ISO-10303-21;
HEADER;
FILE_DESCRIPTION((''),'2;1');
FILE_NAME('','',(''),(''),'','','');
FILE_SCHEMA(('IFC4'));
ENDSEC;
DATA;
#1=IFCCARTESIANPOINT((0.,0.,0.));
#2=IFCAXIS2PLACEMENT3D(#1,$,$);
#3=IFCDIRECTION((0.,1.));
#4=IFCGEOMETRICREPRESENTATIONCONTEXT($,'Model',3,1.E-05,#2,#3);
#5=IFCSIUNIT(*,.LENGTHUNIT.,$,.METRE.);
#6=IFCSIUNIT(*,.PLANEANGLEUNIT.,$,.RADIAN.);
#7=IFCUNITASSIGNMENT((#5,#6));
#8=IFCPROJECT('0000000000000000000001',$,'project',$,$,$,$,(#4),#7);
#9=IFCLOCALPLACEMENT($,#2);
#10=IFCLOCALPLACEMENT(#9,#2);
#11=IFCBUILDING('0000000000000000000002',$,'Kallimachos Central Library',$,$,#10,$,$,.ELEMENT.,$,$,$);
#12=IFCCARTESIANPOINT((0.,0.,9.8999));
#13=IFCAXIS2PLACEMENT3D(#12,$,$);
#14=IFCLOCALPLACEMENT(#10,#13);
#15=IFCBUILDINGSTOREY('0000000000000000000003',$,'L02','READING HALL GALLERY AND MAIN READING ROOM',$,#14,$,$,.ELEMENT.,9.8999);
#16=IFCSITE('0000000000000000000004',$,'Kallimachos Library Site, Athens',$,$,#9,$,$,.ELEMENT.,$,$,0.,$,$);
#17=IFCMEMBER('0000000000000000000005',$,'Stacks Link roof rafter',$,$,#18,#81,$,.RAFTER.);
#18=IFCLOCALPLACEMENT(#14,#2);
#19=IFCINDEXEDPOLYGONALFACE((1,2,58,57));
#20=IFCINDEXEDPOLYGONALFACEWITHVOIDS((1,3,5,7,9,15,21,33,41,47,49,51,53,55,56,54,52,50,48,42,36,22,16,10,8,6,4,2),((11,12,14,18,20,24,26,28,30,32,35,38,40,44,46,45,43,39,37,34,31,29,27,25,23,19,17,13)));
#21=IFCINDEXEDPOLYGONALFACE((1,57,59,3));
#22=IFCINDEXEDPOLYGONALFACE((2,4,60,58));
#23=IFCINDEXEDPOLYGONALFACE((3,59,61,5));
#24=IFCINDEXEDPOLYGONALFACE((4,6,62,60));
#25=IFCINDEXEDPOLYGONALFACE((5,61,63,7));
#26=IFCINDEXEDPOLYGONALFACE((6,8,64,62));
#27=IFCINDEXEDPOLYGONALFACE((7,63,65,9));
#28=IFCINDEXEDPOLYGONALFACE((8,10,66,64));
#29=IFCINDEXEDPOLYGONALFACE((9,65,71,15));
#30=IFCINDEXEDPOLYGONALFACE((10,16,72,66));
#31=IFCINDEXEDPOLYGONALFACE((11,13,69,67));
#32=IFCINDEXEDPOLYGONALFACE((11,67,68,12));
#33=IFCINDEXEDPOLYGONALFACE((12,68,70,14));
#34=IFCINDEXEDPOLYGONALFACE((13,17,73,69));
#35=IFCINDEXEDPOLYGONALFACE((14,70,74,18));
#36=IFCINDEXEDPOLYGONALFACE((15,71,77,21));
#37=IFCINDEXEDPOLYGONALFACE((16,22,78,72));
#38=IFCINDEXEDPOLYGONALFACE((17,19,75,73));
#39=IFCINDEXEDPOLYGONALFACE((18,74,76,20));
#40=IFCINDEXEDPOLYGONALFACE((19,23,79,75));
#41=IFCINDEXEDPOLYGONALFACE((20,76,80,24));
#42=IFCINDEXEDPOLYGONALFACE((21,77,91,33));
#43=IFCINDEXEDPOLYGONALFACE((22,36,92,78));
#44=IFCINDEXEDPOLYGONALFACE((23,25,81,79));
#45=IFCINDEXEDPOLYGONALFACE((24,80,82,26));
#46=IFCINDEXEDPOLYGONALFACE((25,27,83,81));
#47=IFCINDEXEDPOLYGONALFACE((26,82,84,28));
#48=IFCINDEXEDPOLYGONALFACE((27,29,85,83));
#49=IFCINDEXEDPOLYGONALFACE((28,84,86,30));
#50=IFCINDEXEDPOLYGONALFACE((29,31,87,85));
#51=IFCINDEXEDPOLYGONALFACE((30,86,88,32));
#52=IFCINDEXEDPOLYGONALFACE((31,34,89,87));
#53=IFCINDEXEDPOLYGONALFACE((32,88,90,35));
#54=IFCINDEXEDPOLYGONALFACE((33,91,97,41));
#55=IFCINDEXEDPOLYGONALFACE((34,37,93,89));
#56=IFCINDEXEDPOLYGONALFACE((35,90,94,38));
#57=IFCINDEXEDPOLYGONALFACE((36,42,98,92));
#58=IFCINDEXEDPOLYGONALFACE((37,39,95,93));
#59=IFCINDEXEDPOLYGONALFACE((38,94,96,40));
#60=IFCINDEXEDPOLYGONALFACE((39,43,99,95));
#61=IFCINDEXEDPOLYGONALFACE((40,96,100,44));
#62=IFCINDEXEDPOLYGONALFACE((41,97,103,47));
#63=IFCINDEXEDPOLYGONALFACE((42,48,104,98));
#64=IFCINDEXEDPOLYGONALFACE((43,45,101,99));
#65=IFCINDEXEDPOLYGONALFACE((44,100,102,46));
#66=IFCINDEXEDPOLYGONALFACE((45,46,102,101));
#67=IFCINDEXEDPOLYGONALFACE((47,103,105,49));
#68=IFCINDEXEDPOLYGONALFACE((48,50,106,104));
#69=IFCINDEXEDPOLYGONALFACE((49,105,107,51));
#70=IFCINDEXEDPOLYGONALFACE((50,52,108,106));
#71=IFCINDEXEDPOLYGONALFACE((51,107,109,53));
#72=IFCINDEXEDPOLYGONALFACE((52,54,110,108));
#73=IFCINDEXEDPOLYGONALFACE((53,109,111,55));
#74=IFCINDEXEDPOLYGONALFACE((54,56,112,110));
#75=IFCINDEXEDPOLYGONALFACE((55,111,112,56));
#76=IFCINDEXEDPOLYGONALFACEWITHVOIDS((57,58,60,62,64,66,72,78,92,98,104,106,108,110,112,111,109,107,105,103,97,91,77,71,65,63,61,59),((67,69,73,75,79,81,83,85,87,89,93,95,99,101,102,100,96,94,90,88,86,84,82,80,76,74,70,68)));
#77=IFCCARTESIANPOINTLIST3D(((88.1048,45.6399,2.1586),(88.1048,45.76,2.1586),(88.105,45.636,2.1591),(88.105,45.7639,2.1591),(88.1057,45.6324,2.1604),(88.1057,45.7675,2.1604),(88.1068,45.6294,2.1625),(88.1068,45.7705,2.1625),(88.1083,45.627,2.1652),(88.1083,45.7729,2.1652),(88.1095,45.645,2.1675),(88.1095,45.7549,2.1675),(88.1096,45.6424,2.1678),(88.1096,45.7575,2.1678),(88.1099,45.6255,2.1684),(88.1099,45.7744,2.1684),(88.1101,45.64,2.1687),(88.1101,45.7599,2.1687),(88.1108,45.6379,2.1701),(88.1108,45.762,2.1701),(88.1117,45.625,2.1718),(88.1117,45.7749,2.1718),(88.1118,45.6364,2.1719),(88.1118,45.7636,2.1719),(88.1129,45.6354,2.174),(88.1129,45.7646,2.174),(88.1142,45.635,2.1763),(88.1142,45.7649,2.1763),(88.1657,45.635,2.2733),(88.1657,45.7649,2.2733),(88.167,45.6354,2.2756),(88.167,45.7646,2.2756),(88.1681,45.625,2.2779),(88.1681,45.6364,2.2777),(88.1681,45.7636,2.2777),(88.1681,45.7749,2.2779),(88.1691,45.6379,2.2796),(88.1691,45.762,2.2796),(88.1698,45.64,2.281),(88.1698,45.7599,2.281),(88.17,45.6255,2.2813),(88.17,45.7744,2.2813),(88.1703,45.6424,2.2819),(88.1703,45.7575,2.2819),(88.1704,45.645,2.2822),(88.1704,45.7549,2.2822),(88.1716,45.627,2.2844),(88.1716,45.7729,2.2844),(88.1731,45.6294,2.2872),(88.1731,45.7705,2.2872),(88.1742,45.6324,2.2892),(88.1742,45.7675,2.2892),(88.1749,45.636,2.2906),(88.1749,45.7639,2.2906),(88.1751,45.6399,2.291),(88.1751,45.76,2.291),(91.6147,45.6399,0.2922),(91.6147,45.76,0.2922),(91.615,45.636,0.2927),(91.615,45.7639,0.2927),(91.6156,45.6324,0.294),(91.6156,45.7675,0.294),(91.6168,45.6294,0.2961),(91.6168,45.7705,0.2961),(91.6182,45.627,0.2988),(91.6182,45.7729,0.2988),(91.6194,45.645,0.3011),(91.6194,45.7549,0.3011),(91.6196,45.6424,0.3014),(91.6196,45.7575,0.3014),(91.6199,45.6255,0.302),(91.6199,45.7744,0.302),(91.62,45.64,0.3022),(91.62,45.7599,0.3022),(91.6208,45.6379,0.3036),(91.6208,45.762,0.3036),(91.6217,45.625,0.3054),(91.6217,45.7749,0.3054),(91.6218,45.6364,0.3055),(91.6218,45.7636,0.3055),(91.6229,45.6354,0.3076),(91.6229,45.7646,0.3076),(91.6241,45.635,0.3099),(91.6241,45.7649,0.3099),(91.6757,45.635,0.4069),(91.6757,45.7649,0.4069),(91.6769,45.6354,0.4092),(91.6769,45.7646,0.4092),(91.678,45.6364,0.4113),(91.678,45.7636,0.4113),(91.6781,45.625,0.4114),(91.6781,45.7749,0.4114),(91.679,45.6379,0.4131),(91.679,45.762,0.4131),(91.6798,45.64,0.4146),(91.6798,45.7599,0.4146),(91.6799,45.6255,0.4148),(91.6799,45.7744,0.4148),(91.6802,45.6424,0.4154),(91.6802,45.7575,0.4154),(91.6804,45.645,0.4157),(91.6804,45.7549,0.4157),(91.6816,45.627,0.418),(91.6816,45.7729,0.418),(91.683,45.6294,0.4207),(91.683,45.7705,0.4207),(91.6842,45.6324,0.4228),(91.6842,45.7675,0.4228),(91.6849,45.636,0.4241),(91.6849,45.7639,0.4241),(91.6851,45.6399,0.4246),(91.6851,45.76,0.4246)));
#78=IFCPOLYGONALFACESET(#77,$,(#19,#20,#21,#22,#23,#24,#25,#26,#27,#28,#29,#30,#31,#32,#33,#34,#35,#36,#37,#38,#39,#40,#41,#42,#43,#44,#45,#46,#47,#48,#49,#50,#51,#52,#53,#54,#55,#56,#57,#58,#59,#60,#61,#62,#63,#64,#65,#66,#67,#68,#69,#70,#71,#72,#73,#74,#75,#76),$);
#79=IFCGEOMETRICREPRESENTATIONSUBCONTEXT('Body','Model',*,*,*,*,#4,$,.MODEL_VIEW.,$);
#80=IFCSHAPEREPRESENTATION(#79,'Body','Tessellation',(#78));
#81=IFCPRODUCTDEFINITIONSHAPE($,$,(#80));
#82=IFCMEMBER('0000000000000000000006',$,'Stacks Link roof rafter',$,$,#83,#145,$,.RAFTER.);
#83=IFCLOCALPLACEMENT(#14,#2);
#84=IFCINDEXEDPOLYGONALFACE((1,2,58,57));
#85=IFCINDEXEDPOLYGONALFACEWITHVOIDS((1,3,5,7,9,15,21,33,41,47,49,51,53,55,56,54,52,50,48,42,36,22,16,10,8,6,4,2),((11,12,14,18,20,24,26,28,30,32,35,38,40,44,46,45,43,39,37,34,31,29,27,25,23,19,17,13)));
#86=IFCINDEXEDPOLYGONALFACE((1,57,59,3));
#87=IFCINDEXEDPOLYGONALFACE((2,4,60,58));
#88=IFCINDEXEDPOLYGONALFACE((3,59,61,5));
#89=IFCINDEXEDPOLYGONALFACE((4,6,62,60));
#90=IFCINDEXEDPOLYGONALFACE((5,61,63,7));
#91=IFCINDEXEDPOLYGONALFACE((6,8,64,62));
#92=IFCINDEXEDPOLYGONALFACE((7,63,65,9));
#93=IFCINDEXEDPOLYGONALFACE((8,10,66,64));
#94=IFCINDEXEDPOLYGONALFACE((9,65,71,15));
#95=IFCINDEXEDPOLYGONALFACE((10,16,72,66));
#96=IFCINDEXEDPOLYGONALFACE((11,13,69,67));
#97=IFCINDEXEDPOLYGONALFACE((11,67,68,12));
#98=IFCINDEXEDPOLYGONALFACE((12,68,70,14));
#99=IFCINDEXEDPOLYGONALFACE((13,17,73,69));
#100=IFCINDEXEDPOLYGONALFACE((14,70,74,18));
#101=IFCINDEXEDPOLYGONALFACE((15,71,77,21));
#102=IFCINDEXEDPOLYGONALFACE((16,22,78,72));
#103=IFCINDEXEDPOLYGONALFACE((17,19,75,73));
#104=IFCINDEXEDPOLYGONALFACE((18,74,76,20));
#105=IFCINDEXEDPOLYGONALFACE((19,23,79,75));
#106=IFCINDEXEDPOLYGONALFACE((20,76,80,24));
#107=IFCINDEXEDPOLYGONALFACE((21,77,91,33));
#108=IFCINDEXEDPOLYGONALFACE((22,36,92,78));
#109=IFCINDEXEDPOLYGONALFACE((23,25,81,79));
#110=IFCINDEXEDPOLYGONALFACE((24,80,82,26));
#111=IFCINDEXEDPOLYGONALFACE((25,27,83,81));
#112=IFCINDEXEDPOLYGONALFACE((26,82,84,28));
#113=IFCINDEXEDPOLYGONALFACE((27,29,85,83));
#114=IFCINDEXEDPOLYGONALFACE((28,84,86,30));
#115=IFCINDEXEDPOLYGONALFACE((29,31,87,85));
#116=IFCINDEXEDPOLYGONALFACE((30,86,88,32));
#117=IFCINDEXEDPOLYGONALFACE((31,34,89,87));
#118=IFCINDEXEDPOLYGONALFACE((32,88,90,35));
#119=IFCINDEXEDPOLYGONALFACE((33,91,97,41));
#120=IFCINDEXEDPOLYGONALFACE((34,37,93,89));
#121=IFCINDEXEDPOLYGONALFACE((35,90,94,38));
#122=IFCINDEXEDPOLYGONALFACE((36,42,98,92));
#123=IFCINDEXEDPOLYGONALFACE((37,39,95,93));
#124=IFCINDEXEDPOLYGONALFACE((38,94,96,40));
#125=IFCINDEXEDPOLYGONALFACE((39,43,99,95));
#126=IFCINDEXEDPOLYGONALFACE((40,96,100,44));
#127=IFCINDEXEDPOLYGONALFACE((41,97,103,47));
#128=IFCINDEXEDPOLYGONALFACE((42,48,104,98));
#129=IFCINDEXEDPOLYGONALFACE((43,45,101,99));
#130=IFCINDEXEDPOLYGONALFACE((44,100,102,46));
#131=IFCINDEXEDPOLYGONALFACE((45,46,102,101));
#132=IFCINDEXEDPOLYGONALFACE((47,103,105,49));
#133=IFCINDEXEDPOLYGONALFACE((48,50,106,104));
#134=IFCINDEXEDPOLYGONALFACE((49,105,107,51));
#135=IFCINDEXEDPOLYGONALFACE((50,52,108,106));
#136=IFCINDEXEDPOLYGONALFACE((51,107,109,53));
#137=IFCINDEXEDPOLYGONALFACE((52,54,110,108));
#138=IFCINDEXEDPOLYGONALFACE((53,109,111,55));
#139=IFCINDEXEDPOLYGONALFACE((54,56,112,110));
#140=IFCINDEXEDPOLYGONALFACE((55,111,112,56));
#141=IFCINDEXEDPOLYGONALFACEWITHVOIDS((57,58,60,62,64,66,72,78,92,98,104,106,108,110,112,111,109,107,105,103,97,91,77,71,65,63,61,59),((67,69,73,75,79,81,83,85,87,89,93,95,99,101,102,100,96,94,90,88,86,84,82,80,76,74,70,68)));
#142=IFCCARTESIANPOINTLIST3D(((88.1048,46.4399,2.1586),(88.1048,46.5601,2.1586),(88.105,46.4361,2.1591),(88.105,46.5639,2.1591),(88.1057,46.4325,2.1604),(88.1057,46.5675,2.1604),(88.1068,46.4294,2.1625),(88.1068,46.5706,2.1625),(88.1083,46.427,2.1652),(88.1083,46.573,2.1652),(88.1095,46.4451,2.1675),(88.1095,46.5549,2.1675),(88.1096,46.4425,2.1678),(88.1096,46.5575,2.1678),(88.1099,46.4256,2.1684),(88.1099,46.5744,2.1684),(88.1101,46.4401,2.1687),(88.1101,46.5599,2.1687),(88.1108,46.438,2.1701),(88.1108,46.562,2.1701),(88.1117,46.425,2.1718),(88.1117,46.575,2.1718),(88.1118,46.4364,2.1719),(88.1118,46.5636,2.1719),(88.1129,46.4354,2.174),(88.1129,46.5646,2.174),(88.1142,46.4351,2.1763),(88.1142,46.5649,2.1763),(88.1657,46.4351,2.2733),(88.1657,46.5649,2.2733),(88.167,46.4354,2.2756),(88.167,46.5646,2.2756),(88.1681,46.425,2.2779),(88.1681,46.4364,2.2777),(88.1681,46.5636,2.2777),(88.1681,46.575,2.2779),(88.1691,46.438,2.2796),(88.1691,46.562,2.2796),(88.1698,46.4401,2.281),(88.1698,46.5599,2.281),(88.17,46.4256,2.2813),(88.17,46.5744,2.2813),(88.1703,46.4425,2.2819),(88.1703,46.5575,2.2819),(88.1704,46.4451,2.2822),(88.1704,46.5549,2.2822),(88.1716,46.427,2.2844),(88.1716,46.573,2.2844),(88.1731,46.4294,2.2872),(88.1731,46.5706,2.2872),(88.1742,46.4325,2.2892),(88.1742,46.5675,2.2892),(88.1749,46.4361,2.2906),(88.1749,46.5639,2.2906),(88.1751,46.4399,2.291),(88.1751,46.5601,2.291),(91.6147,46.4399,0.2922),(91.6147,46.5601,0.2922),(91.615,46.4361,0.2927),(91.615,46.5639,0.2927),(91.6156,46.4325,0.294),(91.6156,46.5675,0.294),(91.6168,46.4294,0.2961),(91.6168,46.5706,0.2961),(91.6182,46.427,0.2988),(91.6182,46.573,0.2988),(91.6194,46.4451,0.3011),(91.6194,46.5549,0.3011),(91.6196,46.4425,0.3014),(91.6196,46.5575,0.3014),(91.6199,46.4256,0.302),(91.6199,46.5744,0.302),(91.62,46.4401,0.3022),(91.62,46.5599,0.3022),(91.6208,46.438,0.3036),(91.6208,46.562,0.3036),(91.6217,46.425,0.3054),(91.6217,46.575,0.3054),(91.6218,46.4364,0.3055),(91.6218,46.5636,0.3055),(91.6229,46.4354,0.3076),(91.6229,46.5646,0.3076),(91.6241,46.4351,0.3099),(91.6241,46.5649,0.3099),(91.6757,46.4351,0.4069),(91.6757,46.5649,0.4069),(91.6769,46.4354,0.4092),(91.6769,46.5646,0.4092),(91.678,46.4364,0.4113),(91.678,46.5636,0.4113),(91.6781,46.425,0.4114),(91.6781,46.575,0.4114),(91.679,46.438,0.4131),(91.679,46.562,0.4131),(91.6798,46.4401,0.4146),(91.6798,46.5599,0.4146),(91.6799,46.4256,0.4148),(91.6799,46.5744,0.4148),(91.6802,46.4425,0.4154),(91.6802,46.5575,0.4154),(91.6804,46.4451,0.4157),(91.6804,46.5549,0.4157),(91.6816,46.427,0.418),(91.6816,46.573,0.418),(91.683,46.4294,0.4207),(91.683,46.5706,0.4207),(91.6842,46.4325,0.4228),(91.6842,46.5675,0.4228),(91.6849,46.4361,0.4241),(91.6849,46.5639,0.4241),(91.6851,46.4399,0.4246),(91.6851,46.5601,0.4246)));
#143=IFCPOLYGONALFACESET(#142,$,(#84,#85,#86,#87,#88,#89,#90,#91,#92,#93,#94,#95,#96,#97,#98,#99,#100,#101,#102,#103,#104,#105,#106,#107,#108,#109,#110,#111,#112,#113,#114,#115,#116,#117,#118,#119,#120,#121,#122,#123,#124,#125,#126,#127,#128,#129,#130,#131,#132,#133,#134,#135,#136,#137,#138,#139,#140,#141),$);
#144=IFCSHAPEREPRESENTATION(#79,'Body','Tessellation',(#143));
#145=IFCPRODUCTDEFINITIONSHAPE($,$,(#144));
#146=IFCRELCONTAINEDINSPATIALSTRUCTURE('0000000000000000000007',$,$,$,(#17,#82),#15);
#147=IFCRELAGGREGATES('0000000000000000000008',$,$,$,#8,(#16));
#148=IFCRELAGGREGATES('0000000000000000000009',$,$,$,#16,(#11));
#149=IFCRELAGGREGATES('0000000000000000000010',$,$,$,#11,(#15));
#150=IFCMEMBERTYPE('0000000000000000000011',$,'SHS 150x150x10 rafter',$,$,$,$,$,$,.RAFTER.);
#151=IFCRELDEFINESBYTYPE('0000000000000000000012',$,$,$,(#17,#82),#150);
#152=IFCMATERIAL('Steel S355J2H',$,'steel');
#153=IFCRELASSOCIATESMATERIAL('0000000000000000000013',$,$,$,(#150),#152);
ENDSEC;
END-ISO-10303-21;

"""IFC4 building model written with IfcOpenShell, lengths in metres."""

from ifc_helpers import new_model, si_unit, direction, frame, origin, origin_2d, place, context, subcontext, project, spatial, hollow_rectangle, extrude, material, material_profile, profile_set, type_object, element, save


model = new_model("IFC4")

# Units and contexts
model_context = context("Model", 3, precision=1e-05, world=origin(), true_north=direction((0.0, 1.0)))
body_context = subcontext(model_context, "Body", "Model", "MODEL_VIEW")
ifc_project = project(units=[si_unit("LENGTHUNIT", "METRE"), si_unit("PLANEANGLEUNIT", "RADIAN")], contexts=[model_context])

# Site, building, storey
site_placement = place(None, origin())
site = spatial("IfcSite", under=ifc_project, at=site_placement, Name="Kallimachos Library Site, Athens", CompositionType="ELEMENT", RefElevation=0.0)
building_placement = place(site_placement, origin())
building = spatial("IfcBuilding", under=site, at=building_placement, Name="Kallimachos Central Library", CompositionType="ELEMENT")
storey_placement = place(building_placement, frame((0.0, 0.0, 9.8999)))
storey = spatial("IfcBuildingStorey", under=building, at=storey_placement, Name="L02", Description="READING HALL GALLERY AND MAIN READING ROOM", CompositionType="ELEMENT", Elevation=9.8999)

# Members
ifc_material_1 = material(Name="Steel S355J2H", Category="steel")
ifc_material_profile_1 = material_profile(ifc_material_1, hollow_rectangle(XDim=0.1499, YDim=0.1499, WallThickness=0.01, InnerFilletRadius=0.01, OuterFilletRadius=0.0149, at=origin_2d()), Name="SHS 150x150x10")
ifc_profile_set_1 = profile_set([ifc_material_profile_1], Name="Steel S355J2H")
member_type_1 = type_object("IfcMemberType", Name="SHS 150x150x10 rafter", PredefinedType="RAFTER", material=ifc_profile_set_1)
for number, where, z_axis, x_axis, name in (
    (1, (91.6499, 45.7, 0.3584), (-0.882932, 0.0, 0.469501), (0.0, -1.0, 0.0), "Stacks Link roof rafter"),
    (2, (91.6499, 46.5, 0.3584), (-0.882932, 0.0, 0.469501), (0.0, -1.0, 0.0), "Stacks Link roof rafter"),
):
    element("IfcMember", number, at=place(storey_placement, frame(where, z_axis=z_axis, x_axis=x_axis)), inside=storey, type_object=member_type_1, Name=name, PredefinedType="RAFTER", context=body_context, shape_type="SweptSolid", body=[
        extrude(hollow_rectangle(XDim=0.1499, YDim=0.1499, WallThickness=0.01, InnerFilletRadius=0.01, OuterFilletRadius=0.0149, at=origin_2d()), origin(), (0.0, 0.0, 1.0), 3.9753),
    ])

save(model, "model.ifc")
